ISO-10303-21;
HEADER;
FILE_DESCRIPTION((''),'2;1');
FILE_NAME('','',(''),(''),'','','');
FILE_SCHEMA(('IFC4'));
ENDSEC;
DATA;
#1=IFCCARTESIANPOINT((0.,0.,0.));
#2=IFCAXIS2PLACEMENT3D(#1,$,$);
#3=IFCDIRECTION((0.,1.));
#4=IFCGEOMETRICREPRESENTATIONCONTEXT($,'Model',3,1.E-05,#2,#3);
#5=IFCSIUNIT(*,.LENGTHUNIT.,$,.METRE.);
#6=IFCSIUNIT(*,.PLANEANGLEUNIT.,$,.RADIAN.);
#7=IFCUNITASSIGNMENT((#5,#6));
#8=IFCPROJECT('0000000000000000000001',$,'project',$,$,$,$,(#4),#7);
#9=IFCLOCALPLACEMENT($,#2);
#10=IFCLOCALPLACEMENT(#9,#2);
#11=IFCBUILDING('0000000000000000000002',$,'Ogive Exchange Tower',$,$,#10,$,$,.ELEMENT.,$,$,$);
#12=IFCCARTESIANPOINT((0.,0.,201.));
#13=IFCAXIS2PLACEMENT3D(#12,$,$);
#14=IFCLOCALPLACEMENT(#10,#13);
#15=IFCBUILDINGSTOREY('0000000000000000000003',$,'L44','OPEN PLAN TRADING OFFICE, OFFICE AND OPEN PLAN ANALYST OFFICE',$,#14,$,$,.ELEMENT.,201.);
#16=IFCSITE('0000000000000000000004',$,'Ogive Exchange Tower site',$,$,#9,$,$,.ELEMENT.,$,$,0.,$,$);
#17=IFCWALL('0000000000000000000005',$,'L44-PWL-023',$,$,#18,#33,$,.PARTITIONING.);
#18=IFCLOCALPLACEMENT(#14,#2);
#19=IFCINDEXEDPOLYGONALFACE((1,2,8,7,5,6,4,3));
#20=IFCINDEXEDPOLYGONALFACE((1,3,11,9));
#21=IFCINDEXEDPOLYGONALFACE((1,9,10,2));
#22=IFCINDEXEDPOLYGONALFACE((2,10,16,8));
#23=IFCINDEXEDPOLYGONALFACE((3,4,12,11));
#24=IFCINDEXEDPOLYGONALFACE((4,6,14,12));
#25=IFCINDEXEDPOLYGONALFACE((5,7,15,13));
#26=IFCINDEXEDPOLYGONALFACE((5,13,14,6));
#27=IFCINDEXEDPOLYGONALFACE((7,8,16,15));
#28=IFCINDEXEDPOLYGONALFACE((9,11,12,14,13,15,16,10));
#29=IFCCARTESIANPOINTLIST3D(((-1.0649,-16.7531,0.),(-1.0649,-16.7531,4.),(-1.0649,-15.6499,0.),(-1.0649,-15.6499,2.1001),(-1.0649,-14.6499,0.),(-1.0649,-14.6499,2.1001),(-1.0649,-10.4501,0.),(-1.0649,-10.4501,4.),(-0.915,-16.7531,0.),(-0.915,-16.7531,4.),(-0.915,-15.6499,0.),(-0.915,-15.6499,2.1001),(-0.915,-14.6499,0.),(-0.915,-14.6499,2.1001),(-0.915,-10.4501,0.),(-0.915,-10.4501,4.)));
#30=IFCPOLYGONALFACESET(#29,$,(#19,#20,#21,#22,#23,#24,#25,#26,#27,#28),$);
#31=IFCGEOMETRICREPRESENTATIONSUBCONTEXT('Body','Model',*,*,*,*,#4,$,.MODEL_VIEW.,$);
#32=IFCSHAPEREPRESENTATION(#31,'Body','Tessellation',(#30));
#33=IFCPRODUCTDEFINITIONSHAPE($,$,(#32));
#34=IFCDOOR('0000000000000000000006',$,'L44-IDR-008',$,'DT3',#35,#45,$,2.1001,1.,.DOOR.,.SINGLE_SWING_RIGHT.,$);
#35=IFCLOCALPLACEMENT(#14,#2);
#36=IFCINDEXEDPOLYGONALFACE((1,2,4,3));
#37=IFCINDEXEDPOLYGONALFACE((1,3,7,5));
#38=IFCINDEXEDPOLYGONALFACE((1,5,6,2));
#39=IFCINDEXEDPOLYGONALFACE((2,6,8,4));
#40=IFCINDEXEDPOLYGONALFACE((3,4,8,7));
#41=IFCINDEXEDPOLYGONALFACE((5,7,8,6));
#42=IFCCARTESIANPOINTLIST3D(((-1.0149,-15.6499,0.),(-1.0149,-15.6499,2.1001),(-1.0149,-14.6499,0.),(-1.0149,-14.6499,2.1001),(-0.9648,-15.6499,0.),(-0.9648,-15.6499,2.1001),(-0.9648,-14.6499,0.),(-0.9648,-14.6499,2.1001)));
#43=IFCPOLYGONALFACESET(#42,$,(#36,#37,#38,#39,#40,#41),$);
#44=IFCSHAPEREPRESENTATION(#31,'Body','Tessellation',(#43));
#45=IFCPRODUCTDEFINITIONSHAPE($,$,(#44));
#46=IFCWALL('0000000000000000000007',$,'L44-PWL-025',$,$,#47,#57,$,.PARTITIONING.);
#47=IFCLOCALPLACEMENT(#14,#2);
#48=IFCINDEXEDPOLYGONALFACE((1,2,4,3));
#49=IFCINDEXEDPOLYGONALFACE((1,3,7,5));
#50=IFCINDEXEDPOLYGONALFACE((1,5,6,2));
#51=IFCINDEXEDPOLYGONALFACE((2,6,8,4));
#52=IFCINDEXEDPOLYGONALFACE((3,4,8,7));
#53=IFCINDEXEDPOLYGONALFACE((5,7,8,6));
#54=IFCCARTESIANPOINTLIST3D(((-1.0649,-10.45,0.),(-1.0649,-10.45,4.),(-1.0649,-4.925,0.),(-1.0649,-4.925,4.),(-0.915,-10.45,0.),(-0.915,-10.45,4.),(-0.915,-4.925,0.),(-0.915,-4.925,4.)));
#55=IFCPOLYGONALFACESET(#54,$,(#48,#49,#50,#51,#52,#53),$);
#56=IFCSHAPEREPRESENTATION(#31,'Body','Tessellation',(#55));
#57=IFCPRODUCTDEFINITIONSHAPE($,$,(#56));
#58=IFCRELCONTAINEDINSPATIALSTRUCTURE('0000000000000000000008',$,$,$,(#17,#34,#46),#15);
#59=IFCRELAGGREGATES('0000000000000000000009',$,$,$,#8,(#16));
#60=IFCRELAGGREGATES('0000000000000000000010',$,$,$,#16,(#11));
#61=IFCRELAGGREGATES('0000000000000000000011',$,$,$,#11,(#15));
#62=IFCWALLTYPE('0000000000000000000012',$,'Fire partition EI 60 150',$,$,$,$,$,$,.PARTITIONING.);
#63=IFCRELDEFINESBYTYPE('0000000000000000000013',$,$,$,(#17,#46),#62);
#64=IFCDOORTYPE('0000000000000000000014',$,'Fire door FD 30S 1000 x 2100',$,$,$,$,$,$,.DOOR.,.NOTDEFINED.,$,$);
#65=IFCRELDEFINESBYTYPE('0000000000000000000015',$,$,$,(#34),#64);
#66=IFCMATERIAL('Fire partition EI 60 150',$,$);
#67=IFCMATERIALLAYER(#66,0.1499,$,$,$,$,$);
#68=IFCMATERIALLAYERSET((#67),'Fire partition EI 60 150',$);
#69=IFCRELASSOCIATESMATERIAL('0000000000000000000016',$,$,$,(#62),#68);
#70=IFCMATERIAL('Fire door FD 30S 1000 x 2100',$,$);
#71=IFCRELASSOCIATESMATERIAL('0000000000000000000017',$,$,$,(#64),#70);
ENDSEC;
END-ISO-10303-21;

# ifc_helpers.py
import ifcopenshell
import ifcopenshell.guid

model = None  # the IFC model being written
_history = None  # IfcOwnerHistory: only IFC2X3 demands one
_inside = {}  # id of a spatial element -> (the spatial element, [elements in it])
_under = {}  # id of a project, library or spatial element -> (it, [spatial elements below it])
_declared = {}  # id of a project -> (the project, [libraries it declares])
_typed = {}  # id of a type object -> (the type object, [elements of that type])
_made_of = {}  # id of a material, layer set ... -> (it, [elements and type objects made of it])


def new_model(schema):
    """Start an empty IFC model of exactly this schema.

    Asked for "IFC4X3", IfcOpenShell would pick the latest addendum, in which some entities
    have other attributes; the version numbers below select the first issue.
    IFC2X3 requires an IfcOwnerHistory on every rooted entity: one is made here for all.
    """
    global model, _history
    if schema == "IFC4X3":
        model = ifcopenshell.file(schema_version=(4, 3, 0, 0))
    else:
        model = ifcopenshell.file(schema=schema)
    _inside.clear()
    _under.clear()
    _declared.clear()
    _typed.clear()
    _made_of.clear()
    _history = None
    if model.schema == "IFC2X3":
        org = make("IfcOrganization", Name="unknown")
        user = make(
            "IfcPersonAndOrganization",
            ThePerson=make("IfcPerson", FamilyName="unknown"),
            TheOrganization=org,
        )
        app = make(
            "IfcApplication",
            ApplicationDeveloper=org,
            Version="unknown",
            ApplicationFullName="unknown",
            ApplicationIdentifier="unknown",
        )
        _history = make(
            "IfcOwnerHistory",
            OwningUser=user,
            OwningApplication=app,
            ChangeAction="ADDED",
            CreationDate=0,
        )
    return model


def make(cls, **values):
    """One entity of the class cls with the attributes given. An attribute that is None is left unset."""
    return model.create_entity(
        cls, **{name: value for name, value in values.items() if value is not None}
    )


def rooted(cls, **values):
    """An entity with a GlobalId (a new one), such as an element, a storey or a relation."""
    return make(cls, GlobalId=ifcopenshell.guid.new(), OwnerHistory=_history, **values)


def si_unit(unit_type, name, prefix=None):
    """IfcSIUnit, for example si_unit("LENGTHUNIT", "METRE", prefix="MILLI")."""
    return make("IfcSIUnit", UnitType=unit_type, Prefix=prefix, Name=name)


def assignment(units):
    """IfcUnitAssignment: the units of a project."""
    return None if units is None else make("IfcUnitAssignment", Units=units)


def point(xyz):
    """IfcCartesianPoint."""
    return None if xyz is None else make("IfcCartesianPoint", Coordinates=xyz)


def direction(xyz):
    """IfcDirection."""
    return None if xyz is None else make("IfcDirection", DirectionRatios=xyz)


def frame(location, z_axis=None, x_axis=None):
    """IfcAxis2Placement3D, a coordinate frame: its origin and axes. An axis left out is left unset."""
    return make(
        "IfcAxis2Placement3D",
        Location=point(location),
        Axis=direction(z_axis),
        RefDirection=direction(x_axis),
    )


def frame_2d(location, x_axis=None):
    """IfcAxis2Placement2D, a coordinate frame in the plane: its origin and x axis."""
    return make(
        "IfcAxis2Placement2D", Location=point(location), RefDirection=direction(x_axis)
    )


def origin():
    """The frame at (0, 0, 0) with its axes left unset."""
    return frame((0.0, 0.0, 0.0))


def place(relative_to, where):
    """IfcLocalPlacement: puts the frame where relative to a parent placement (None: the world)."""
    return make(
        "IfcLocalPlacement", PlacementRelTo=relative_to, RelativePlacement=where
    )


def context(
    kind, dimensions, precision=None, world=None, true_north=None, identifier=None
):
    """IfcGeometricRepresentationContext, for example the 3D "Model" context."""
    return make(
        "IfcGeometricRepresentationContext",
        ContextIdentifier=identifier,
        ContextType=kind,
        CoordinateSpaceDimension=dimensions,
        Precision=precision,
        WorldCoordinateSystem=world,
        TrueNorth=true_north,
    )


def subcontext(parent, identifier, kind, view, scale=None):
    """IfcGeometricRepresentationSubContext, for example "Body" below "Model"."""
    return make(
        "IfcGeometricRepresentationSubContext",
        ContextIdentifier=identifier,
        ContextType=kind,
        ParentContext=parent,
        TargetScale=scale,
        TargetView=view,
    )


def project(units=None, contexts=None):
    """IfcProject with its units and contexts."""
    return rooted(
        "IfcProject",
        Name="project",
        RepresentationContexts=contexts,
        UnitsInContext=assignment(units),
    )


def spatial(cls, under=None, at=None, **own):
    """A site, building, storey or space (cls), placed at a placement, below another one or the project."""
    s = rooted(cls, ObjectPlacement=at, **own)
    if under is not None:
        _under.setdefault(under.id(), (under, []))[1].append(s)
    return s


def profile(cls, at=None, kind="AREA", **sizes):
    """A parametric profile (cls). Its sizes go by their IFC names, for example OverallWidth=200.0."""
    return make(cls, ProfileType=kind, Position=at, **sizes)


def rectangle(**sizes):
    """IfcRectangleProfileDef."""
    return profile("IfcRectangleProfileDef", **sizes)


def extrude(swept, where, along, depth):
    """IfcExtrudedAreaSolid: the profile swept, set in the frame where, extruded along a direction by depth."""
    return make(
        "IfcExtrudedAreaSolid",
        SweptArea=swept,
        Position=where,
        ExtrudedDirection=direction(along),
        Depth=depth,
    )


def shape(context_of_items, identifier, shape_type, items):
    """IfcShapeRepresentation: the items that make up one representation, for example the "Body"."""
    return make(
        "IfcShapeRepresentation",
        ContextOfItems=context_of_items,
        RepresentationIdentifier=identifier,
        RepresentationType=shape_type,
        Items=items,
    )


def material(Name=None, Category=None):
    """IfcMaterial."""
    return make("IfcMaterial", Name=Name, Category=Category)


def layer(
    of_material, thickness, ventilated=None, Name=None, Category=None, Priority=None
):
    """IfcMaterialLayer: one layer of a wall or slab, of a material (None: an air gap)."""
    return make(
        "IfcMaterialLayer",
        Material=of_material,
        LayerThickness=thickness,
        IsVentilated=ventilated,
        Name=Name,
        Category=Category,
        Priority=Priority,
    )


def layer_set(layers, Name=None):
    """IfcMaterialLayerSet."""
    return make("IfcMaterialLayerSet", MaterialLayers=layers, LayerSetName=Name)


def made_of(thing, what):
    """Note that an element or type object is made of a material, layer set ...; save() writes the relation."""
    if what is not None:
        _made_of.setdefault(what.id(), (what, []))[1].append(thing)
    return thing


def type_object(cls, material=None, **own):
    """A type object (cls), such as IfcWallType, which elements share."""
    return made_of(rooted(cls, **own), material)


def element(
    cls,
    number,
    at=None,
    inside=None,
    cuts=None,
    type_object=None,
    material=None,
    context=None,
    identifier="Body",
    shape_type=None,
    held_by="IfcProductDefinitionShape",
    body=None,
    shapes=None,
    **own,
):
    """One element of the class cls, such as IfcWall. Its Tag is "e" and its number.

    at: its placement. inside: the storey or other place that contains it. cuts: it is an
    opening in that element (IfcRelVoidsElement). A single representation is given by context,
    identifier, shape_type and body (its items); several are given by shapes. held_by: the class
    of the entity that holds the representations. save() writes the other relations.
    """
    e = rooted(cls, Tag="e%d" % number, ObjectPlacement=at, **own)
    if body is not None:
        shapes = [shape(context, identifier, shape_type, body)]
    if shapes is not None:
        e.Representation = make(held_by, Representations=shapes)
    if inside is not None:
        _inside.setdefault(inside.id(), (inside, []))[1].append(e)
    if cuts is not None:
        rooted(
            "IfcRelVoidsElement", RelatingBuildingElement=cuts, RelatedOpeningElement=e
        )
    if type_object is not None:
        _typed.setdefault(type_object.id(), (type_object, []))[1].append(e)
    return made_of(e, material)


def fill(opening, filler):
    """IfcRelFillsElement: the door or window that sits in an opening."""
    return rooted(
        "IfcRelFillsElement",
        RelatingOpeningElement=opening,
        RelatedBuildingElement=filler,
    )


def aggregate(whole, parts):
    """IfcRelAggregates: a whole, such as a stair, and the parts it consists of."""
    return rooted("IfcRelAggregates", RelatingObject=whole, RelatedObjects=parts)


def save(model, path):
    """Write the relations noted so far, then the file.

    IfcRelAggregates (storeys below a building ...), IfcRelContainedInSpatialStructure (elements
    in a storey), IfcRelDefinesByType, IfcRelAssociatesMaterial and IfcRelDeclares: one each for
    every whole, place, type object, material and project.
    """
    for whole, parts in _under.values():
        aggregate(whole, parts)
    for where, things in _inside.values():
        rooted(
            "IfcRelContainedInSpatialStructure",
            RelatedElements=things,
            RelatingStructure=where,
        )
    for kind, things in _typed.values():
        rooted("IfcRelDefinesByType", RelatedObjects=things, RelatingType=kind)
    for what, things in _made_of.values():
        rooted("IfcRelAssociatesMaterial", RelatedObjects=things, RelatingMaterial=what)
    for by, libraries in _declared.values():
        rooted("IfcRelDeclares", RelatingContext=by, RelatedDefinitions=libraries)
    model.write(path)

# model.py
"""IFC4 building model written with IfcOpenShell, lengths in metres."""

from ifc_helpers import new_model, si_unit, direction, frame, frame_2d, origin, place, context, subcontext, project, spatial, rectangle, extrude, material, layer, layer_set, type_object, element, fill, save


model = new_model("IFC4")

# Units and contexts
model_context = context("Model", 3, precision=1e-05, world=origin(), true_north=direction((0.0, 1.0)))
body_context = subcontext(model_context, "Body", "Model", "MODEL_VIEW")
ifc_project = project(units=[si_unit("LENGTHUNIT", "METRE"), si_unit("PLANEANGLEUNIT", "RADIAN")], contexts=[model_context])

# Site, building, storey
site_placement = place(None, origin())
site = spatial("IfcSite", under=ifc_project, at=site_placement, Name="Ogive Exchange Tower site", CompositionType="ELEMENT", RefElevation=0.0)
building_placement = place(site_placement, origin())
building = spatial("IfcBuilding", under=site, at=building_placement, Name="Ogive Exchange Tower", CompositionType="ELEMENT")
storey_placement = place(building_placement, frame((0.0, 0.0, 201.0)))
storey = spatial("IfcBuildingStorey", under=building, at=storey_placement, Name="L44", Description="OPEN PLAN TRADING OFFICE, OFFICE AND OPEN PLAN ANALYST OFFICE", CompositionType="ELEMENT", Elevation=201.0)

# Wall, opening, door
ifc_material_1 = material(Name="Fire partition EI 60 150")
ifc_layer_1 = layer(ifc_material_1, 0.1499)
ifc_layer_set_1 = layer_set([ifc_layer_1], Name="Fire partition EI 60 150")
wall_type_1 = type_object("IfcWallType", Name="Fire partition EI 60 150", PredefinedType="PARTITIONING", material=ifc_layer_set_1)
wall_1_placement = place(storey_placement, frame((-0.99, -16.7529, 0.0), z_axis=(0.0, 0.0, 1.0), x_axis=(0.0, 1.0, 0.0)))
wall_1 = element("IfcWall", 1, at=wall_1_placement, inside=storey, type_object=wall_type_1, Name="L44-PWL-023", PredefinedType="PARTITIONING", context=body_context, shape_type="SweptSolid", body=[
    extrude(rectangle(XDim=6.303, YDim=0.1499, at=frame_2d((3.1514, 0.0))), origin(), (0.0, 0.0, 1.0), 4.0),
])
opening_1_placement = place(wall_1_placement, frame((1.103, 0.0, 0.0)))
opening_1 = element("IfcOpeningElement", 2, at=opening_1_placement, cuts=wall_1, PredefinedType="OPENING", context=body_context, shape_type="SweptSolid", body=[
    extrude(rectangle(XDim=1.0, YDim=2.1001, at=frame_2d((0.5, 1.05))), frame((0.0, 0.085, 0.0), z_axis=(0.0, -1.0, 0.0), x_axis=(1.0, 0.0, 0.0)), (0.0, 0.0, 1.0), 0.1699),
])
ifc_material_2 = material(Name="Fire door FD 30S 1000 x 2100")
door_type_1 = type_object("IfcDoorType", Name="Fire door FD 30S 1000 x 2100", OperationType="NOTDEFINED", PredefinedType="DOOR", material=ifc_material_2)
door_1_placement = place(opening_1_placement, origin())
door_1 = element("IfcDoor", 3, at=door_1_placement, inside=storey, type_object=door_type_1, Name="L44-IDR-008", ObjectType="DT3", OperationType="SINGLE_SWING_RIGHT", OverallHeight=2.1001, OverallWidth=1.0, PredefinedType="DOOR", context=body_context, shape_type="SweptSolid", body=[
    extrude(rectangle(XDim=1.0, YDim=2.1001, at=frame_2d((0.5, 1.05))), frame((0.0, 0.0249, 0.0), z_axis=(0.0, -1.0, 0.0), x_axis=(1.0, 0.0, 0.0)), (0.0, 0.0, 1.0), 0.05),
])
fill(opening_1, door_1)

# Wall
wall_2_placement = place(storey_placement, frame((-0.99, -10.45, 0.0), z_axis=(0.0, 0.0, 1.0), x_axis=(0.0, 1.0, 0.0)))
element("IfcWall", 4, at=wall_2_placement, inside=storey, type_object=wall_type_1, Name="L44-PWL-025", PredefinedType="PARTITIONING", context=body_context, shape_type="SweptSolid", body=[
    extrude(rectangle(XDim=5.5249, YDim=0.1499, at=frame_2d((2.7625, 0.0))), origin(), (0.0, 0.0, 1.0), 4.0),
])

save(model, "model.ifc")
